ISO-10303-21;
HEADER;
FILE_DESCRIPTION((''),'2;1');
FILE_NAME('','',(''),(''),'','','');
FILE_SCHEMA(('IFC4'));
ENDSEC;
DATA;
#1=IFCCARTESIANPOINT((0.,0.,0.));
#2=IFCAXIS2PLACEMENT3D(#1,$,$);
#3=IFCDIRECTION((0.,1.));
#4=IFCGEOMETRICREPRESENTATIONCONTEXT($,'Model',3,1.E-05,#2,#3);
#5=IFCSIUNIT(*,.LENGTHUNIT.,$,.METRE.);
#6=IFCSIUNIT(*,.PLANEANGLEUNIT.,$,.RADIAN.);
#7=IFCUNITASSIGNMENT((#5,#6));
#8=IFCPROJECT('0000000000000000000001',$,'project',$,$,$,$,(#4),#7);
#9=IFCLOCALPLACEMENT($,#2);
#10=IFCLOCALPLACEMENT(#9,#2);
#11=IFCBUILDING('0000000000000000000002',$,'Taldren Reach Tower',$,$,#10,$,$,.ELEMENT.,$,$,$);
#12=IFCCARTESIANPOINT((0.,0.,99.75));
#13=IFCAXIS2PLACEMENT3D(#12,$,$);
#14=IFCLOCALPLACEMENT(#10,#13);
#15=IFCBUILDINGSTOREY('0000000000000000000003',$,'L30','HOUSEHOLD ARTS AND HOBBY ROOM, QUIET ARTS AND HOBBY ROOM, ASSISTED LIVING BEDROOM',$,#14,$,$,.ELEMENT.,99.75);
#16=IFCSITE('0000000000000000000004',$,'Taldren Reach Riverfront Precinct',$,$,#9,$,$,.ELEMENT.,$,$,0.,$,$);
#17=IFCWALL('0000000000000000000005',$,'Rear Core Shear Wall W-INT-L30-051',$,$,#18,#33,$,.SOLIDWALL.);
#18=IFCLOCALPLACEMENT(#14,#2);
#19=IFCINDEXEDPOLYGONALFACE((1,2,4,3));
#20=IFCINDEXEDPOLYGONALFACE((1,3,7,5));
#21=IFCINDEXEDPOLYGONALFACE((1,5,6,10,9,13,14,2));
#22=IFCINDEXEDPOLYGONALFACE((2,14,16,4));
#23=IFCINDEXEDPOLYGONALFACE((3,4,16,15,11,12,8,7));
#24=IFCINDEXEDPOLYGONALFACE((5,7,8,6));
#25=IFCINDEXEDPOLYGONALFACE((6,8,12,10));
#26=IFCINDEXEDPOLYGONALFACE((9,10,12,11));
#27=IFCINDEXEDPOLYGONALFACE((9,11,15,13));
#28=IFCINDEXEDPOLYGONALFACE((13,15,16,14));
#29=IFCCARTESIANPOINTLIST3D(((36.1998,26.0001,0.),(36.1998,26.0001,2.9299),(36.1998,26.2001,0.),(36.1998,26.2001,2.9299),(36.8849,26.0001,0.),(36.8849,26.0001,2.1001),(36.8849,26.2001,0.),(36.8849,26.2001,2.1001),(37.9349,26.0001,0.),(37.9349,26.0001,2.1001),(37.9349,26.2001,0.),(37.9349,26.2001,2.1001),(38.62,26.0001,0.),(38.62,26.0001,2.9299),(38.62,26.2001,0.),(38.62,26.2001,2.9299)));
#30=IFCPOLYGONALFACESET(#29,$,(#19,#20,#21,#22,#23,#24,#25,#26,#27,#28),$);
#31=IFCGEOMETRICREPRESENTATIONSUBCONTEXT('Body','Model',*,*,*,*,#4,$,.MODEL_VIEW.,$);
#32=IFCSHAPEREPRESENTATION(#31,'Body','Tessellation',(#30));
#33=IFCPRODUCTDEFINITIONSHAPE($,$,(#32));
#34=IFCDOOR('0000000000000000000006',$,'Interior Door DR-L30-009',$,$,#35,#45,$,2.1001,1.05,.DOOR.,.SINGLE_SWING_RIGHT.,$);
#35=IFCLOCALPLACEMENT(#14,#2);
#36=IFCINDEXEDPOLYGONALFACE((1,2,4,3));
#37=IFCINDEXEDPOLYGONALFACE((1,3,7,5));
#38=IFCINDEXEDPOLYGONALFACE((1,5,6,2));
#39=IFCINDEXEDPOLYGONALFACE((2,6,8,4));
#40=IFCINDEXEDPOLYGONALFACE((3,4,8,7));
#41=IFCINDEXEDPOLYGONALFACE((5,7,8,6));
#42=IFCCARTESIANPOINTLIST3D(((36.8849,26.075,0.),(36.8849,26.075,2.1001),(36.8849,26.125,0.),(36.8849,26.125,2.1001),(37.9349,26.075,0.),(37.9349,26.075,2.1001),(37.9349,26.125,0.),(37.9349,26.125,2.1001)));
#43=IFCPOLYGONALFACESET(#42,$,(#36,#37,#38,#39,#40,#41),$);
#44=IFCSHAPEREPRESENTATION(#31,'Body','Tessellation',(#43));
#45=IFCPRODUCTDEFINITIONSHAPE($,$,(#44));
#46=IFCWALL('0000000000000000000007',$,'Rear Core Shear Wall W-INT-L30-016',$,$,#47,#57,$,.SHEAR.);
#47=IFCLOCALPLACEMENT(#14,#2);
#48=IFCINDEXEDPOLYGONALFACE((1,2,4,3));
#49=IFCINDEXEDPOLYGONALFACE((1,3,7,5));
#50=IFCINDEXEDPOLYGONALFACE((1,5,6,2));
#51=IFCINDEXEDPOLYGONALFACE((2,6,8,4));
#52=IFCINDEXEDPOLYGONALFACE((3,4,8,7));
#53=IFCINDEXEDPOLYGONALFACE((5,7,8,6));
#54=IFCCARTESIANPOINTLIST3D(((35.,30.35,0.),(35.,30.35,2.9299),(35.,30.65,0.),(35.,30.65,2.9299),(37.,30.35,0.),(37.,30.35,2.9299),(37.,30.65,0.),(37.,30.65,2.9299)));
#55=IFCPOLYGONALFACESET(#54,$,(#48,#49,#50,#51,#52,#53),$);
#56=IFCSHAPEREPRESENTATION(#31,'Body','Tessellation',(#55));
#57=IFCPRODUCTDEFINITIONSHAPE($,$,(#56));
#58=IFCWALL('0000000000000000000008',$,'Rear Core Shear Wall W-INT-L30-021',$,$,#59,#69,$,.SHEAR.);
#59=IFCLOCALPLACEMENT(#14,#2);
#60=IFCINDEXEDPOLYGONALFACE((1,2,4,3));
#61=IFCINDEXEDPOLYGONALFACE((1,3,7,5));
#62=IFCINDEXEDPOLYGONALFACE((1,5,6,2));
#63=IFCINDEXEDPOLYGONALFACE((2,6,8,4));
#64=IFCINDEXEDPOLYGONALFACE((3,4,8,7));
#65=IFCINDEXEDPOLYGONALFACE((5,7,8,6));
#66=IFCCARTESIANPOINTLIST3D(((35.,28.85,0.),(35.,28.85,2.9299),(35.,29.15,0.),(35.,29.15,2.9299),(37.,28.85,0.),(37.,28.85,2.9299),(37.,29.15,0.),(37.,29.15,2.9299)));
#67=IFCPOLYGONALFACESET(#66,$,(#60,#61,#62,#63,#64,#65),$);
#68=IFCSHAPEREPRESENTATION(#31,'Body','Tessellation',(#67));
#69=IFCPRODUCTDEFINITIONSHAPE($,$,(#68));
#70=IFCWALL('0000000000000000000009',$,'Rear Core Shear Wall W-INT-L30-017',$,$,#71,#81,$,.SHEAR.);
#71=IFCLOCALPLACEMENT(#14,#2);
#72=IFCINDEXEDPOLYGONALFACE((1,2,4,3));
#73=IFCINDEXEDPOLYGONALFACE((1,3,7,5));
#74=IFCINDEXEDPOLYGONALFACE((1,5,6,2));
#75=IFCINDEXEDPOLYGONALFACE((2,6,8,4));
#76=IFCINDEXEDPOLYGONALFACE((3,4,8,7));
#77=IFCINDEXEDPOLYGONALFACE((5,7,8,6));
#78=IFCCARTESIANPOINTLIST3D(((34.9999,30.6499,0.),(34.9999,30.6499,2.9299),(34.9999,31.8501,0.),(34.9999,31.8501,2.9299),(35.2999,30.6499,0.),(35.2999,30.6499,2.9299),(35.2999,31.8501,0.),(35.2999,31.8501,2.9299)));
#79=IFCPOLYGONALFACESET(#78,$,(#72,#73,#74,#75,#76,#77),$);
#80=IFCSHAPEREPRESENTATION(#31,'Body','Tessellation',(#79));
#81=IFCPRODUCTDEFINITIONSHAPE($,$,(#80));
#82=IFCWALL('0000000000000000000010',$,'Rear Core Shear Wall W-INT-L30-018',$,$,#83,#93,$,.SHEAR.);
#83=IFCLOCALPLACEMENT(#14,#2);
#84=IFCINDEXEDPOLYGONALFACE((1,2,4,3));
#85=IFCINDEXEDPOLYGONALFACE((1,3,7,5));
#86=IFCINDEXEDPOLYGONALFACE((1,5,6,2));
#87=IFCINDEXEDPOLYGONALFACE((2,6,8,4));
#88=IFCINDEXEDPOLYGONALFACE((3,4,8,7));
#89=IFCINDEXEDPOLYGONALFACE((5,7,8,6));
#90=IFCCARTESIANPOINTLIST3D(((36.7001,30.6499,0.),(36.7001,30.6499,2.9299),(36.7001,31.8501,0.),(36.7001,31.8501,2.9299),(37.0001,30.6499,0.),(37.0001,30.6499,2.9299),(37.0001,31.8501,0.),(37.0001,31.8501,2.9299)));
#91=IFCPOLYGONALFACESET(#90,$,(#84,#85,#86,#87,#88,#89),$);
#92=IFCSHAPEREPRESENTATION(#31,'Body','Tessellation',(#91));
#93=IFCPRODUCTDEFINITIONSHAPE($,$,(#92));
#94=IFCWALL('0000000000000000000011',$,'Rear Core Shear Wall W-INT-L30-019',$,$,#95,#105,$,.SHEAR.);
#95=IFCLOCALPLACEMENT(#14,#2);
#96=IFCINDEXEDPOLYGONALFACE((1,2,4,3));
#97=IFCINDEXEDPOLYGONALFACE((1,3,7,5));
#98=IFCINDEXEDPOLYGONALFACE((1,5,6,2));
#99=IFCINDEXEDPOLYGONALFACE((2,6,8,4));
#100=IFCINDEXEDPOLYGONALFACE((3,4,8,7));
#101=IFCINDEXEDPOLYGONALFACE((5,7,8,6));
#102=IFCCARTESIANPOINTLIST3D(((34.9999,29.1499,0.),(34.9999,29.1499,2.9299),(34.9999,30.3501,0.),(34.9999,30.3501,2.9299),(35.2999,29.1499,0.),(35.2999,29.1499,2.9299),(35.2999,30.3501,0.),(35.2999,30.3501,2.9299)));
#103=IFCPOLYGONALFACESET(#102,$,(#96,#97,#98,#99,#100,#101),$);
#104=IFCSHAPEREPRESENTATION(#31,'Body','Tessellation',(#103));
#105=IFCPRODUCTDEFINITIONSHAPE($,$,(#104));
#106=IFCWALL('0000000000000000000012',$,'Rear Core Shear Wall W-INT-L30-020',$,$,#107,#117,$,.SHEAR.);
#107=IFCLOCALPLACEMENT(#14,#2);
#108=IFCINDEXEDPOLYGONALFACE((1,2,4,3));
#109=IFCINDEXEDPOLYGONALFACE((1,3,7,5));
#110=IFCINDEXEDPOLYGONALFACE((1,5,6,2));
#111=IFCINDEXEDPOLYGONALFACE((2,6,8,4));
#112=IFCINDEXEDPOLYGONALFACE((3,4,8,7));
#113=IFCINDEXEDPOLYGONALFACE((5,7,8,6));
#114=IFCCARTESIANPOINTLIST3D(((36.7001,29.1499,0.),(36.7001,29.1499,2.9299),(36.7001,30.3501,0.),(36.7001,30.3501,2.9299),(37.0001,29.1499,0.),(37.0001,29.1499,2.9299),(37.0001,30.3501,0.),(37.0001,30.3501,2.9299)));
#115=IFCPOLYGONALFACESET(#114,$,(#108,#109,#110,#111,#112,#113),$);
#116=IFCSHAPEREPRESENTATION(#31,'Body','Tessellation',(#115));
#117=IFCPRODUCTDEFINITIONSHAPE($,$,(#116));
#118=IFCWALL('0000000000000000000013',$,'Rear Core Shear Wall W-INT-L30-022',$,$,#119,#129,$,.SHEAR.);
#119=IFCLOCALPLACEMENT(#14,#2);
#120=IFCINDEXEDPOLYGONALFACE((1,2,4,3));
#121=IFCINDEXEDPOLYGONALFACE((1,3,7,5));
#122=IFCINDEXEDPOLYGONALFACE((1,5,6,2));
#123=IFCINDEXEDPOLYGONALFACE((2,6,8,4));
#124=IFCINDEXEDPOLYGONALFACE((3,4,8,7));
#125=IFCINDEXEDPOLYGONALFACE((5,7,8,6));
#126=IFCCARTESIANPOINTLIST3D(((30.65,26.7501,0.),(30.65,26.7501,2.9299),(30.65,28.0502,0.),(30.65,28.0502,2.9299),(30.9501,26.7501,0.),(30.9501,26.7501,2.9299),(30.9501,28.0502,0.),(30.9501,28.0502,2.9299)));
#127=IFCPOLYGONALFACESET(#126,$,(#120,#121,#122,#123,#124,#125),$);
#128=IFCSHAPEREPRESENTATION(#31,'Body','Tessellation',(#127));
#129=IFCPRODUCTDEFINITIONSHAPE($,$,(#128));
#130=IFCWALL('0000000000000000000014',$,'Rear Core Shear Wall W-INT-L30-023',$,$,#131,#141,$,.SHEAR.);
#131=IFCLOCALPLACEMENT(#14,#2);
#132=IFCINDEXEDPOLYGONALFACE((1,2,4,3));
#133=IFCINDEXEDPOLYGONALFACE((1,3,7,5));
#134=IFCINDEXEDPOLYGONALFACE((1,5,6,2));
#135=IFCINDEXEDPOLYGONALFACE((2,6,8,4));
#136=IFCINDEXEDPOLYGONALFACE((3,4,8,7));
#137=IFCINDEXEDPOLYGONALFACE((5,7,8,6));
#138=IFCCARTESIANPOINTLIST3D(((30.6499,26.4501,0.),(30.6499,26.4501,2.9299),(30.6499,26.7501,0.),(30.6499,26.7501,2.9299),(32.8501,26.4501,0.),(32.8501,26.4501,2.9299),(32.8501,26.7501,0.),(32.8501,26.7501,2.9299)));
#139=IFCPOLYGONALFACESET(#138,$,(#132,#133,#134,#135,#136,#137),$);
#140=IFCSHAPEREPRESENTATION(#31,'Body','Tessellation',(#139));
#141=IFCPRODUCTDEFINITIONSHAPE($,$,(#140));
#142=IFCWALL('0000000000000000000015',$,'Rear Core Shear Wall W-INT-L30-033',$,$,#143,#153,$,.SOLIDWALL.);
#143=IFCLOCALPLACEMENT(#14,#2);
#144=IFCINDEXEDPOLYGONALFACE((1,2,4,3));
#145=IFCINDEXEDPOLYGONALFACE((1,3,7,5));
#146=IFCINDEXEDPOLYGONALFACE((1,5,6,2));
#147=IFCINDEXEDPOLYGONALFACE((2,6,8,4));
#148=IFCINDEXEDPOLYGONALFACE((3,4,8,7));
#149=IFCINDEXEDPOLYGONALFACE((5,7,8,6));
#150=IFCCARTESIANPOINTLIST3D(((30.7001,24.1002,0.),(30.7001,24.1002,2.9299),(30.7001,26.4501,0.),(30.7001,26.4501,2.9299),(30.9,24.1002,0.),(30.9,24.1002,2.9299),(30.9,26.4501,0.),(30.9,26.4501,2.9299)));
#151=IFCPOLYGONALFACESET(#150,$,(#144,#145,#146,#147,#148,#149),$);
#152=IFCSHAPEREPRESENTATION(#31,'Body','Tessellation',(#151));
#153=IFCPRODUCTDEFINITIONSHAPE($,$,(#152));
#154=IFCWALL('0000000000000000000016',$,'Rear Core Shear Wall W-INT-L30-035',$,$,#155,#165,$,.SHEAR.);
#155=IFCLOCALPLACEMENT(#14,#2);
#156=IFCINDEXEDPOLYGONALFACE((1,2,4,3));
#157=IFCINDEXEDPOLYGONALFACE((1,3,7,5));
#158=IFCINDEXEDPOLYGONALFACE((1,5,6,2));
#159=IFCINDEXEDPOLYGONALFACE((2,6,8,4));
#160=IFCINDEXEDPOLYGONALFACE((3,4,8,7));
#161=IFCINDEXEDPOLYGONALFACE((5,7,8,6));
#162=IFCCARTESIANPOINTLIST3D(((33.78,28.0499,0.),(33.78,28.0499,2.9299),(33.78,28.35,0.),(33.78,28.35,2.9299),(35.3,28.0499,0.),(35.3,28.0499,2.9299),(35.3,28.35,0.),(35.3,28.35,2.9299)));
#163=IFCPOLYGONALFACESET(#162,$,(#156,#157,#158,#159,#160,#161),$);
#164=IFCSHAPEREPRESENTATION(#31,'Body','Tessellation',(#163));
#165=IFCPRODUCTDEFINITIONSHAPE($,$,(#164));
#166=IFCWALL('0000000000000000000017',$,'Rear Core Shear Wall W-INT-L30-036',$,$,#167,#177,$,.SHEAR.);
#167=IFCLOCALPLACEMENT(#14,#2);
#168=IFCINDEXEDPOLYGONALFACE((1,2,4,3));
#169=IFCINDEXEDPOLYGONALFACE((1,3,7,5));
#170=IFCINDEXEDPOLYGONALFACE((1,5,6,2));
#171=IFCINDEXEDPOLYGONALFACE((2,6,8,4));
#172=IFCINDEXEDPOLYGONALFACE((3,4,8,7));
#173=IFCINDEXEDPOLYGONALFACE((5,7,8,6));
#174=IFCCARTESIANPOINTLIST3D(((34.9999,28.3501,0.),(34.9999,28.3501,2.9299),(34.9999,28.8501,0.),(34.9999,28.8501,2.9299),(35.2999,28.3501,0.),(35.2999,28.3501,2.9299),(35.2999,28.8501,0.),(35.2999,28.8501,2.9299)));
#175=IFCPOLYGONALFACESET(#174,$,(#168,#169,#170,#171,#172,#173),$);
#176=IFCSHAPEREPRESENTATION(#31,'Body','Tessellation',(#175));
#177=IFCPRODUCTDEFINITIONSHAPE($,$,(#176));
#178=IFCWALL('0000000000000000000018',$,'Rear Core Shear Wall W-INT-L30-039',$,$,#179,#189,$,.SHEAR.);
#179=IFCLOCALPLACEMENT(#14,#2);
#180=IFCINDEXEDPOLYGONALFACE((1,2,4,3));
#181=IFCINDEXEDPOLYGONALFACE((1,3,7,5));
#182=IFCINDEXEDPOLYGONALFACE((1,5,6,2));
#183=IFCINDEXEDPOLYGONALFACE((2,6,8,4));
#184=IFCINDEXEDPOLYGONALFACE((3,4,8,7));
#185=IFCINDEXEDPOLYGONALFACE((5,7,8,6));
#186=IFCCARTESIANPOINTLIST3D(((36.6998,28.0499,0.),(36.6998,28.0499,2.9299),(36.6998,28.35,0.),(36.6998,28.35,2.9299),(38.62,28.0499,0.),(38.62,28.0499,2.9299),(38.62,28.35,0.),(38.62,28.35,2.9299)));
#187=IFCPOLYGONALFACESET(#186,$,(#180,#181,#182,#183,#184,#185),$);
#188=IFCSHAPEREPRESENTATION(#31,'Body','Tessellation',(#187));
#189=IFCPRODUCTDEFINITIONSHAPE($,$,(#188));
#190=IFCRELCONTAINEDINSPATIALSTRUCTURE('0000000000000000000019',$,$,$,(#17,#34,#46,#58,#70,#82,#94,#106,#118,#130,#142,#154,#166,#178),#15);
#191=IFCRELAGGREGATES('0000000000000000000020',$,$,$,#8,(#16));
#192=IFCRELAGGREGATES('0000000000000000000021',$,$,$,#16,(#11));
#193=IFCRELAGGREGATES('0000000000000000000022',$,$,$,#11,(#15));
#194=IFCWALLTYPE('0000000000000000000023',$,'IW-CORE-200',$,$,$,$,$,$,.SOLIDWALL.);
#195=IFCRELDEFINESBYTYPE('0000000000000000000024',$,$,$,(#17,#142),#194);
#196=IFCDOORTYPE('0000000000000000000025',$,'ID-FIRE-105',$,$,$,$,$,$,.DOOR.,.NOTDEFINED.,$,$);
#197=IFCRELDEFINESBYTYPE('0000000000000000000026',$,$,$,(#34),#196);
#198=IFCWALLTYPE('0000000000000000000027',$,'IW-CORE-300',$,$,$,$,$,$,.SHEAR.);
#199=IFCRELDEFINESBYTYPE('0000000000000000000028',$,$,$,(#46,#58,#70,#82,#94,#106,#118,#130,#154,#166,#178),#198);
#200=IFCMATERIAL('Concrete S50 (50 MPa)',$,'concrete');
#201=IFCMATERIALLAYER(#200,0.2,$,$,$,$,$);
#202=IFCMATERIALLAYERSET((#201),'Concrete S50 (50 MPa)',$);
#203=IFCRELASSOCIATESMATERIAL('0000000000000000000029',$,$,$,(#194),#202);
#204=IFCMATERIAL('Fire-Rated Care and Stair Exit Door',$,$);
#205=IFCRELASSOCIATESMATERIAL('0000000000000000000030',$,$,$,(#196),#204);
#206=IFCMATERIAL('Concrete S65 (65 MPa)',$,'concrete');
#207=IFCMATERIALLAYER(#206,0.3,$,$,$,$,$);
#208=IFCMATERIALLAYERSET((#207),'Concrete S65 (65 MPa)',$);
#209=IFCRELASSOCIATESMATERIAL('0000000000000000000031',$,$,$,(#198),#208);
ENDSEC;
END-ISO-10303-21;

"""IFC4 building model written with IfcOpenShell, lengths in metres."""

from ifc_helpers import new_model, si_unit, direction, frame, frame_2d, origin, place, context, subcontext, project, spatial, rectangle, extrude, source, transform, mapped, material, layer, layer_set, type_object, element, fill, save


model = new_model("IFC4")

# Units and contexts
model_context = context("Model", 3, precision=1e-05, world=origin(), true_north=direction((0.0, 1.0)))
body_context = subcontext(model_context, "Body", "Model", "MODEL_VIEW")
ifc_project = project(units=[si_unit("LENGTHUNIT", "METRE"), si_unit("PLANEANGLEUNIT", "RADIAN")], contexts=[model_context])

# Site, building, storey
site_placement = place(None, origin())
site = spatial("IfcSite", under=ifc_project, at=site_placement, Name="Taldren Reach Riverfront Precinct", CompositionType="ELEMENT", RefElevation=0.0)
building_placement = place(site_placement, origin())
building = spatial("IfcBuilding", under=site, at=building_placement, Name="Taldren Reach Tower", CompositionType="ELEMENT")
storey_placement = place(building_placement, frame((0.0, 0.0, 99.75)))
storey = spatial("IfcBuildingStorey", under=building, at=storey_placement, Name="L30", Description="HOUSEHOLD ARTS AND HOBBY ROOM, QUIET ARTS AND HOBBY ROOM, ASSISTED LIVING BEDROOM", CompositionType="ELEMENT", Elevation=99.75)

# Shared definitions
ifc_material_1 = material(Name="Concrete S50 (50 MPa)", Category="concrete")
ifc_layer_1 = layer(ifc_material_1, 0.2)
ifc_layer_set_1 = layer_set([ifc_layer_1], Name="Concrete S50 (50 MPa)")
wall_type_1 = type_object("IfcWallType", Name="IW-CORE-200", PredefinedType="SOLIDWALL", material=ifc_layer_set_1)
shared_shape_1 = source(origin(), body_context, "Body", "SweptSolid", [
    extrude(rectangle(XDim=1.05, YDim=2.1001, at=frame_2d((0.5249, 1.05))), frame((0.0, 0.1099, 0.0), z_axis=(0.0, -1.0, 0.0), x_axis=(1.0, 0.0, 0.0)), (0.0, 0.0, 1.0), 0.22),
])
ifc_material_2 = material(Name="Fire-Rated Care and Stair Exit Door")
door_type = type_object("IfcDoorType", Name="ID-FIRE-105", OperationType="NOTDEFINED", PredefinedType="DOOR", material=ifc_material_2)
shared_shape_2 = source(origin(), body_context, "Body", "SweptSolid", [
    extrude(rectangle(XDim=1.05, YDim=2.1001, at=frame_2d((0.5249, 1.05))), frame((0.0, 0.0249, 0.0), z_axis=(0.0, -1.0, 0.0), x_axis=(1.0, 0.0, 0.0)), (0.0, 0.0, 1.0), 0.05),
])

# Wall, opening, door
shared_shape_3 = source(origin(), body_context, "Body", "SweptSolid", [
    extrude(rectangle(XDim=2.4202, YDim=0.2, at=frame_2d((1.21, 0.0))), origin(), (0.0, 0.0, 1.0), 2.9299),
])
wall_1_placement = place(storey_placement, frame((36.2, 26.1001, 0.0), z_axis=(0.0, 0.0, 1.0), x_axis=(1.0, 0.0, 0.0)))
wall_1 = element("IfcWall", 1, at=wall_1_placement, inside=storey, type_object=wall_type_1, Name="Rear Core Shear Wall W-INT-L30-051", PredefinedType="SOLIDWALL", context=body_context, shape_type="MappedRepresentation", body=[
    mapped(shared_shape_3, transform((0.0, 0.0, 0.0), scale=1.0)),
])
opening_1_placement = place(wall_1_placement, frame((0.6851, 0.0, 0.0)))
opening_1 = element("IfcOpeningElement", 2, at=opening_1_placement, cuts=wall_1, PredefinedType="OPENING", context=body_context, shape_type="MappedRepresentation", body=[
    mapped(shared_shape_1, transform((0.0, 0.0, 0.0), scale=1.0)),
])
door_1_placement = place(opening_1_placement, origin())
door_1 = element("IfcDoor", 3, at=door_1_placement, inside=storey, type_object=door_type, Name="Interior Door DR-L30-009", OperationType="SINGLE_SWING_RIGHT", OverallHeight=2.1001, OverallWidth=1.05, PredefinedType="DOOR", context=body_context, shape_type="MappedRepresentation", body=[
    mapped(shared_shape_2, transform((0.0, 0.0, 0.0), scale=1.0)),
])
fill(opening_1, door_1)

# Walls
ifc_material_3 = material(Name="Concrete S65 (65 MPa)", Category="concrete")
ifc_layer_2 = layer(ifc_material_3, 0.3)
ifc_layer_set_2 = layer_set([ifc_layer_2], Name="Concrete S65 (65 MPa)")
wall_type_2 = type_object("IfcWallType", Name="IW-CORE-300", PredefinedType="SHEAR", material=ifc_layer_set_2)
shared_shape_4 = source(origin(), body_context, "Body", "SweptSolid", [
    extrude(rectangle(XDim=2.0, YDim=0.3, at=frame_2d((1.0, 0.0))), origin(), (0.0, 0.0, 1.0), 2.9299),
])
for number, where, z_axis, x_axis, name in (
    (4, (35.0, 30.5, 0.0), (0.0, 0.0, 1.0), (1.0, 0.0, 0.0), "Rear Core Shear Wall W-INT-L30-016"),
    (5, (35.0, 29.0, 0.0), (0.0, 0.0, 1.0), (1.0, 0.0, 0.0), "Rear Core Shear Wall W-INT-L30-021"),
):
    element("IfcWall", number, at=place(storey_placement, frame(where, z_axis=z_axis, x_axis=x_axis)), inside=storey, type_object=wall_type_2, Name=name, PredefinedType="SHEAR", context=body_context, shape_type="MappedRepresentation", body=[
        mapped(shared_shape_4, transform((0.0, 0.0, 0.0), scale=1.0)),
    ])
shared_shape_5 = source(origin(), body_context, "Body", "SweptSolid", [
    extrude(rectangle(XDim=1.2002, YDim=0.3, at=frame_2d((0.6001, 0.0))), origin(), (0.0, 0.0, 1.0), 2.9299),
])
for number, where, z_axis, x_axis, name in (
    (6, (35.1499, 31.8501, 0.0), (0.0, 0.0, 1.0), (0.0, -1.0, 0.0), "Rear Core Shear Wall W-INT-L30-017"),
    (7, (36.8501, 30.6499, 0.0), (0.0, 0.0, 1.0), (0.0, 1.0, 0.0), "Rear Core Shear Wall W-INT-L30-018"),
    (8, (35.1499, 30.3501, 0.0), (0.0, 0.0, 1.0), (0.0, -1.0, 0.0), "Rear Core Shear Wall W-INT-L30-019"),
    (9, (36.8501, 29.1499, 0.0), (0.0, 0.0, 1.0), (0.0, 1.0, 0.0), "Rear Core Shear Wall W-INT-L30-020"),
):
    element("IfcWall", number, at=place(storey_placement, frame(where, z_axis=z_axis, x_axis=x_axis)), inside=storey, type_object=wall_type_2, Name=name, PredefinedType="SHEAR", context=body_context, shape_type="MappedRepresentation", body=[
        mapped(shared_shape_5, transform((0.0, 0.0, 0.0), scale=1.0)),
    ])
shared_shape_6 = source(origin(), body_context, "Body", "SweptSolid", [
    extrude(rectangle(XDim=1.3, YDim=0.3, at=frame_2d((0.6499, 0.0))), origin(), (0.0, 0.0, 1.0), 2.9299),
])
wall_2_placement = place(storey_placement, frame((30.8, 28.05, 0.0), z_axis=(0.0, 0.0, 1.0), x_axis=(0.0, -1.0, 0.0)))
element("IfcWall", 10, at=wall_2_placement, inside=storey, type_object=wall_type_2, Name="Rear Core Shear Wall W-INT-L30-022", PredefinedType="SHEAR", context=body_context, shape_type="MappedRepresentation", body=[
    mapped(shared_shape_6, transform((0.0, 0.0, 0.0), scale=1.0)),
])
shared_shape_7 = source(origin(), body_context, "Body", "SweptSolid", [
    extrude(rectangle(XDim=2.2002, YDim=0.3, at=frame_2d((1.1001, 0.0))), origin(), (0.0, 0.0, 1.0), 2.9299),
])
wall_3_placement = place(storey_placement, frame((30.6499, 26.6001, 0.0), z_axis=(0.0, 0.0, 1.0), x_axis=(1.0, 0.0, 0.0)))
element("IfcWall", 11, at=wall_3_placement, inside=storey, type_object=wall_type_2, Name="Rear Core Shear Wall W-INT-L30-023", PredefinedType="SHEAR", context=body_context, shape_type="MappedRepresentation", body=[
    mapped(shared_shape_7, transform((0.0, 0.0, 0.0), scale=1.0)),
])
shared_shape_8 = source(origin(), body_context, "Body", "SweptSolid", [
    extrude(rectangle(XDim=2.3499, YDim=0.2, at=frame_2d((1.1748, 0.0))), origin(), (0.0, 0.0, 1.0), 2.9299),
])
wall_4_placement = place(storey_placement, frame((30.8, 26.45, 0.0), z_axis=(0.0, 0.0, 1.0), x_axis=(0.0, -1.0, 0.0)))
element("IfcWall", 12, at=wall_4_placement, inside=storey, type_object=wall_type_1, Name="Rear Core Shear Wall W-INT-L30-033", PredefinedType="SOLIDWALL", context=body_context, shape_type="MappedRepresentation", body=[
    mapped(shared_shape_8, transform((0.0, 0.0, 0.0), scale=1.0)),
])
shared_shape_9 = source(origin(), body_context, "Body", "SweptSolid", [
    extrude(rectangle(XDim=1.52, YDim=0.3, at=frame_2d((0.76, 0.0))), origin(), (0.0, 0.0, 1.0), 2.9299),
])
wall_5_placement = place(storey_placement, frame((33.78, 28.2, 0.0), z_axis=(0.0, 0.0, 1.0), x_axis=(1.0, 0.0, 0.0)))
element("IfcWall", 13, at=wall_5_placement, inside=storey, type_object=wall_type_2, Name="Rear Core Shear Wall W-INT-L30-035", PredefinedType="SHEAR", context=body_context, shape_type="MappedRepresentation", body=[
    mapped(shared_shape_9, transform((0.0, 0.0, 0.0), scale=1.0)),
])
shared_shape_10 = source(origin(), body_context, "Body", "SweptSolid", [
    extrude(rectangle(XDim=0.5, YDim=0.3, at=frame_2d((0.25, 0.0))), origin(), (0.0, 0.0, 1.0), 2.9299),
])
wall_6_placement = place(storey_placement, frame((35.1499, 28.3501, 0.0), z_axis=(0.0, 0.0, 1.0), x_axis=(0.0, 1.0, 0.0)))
element("IfcWall", 14, at=wall_6_placement, inside=storey, type_object=wall_type_2, Name="Rear Core Shear Wall W-INT-L30-036", PredefinedType="SHEAR", context=body_context, shape_type="MappedRepresentation", body=[
    mapped(shared_shape_10, transform((0.0, 0.0, 0.0), scale=1.0)),
])
shared_shape_11 = source(origin(), body_context, "Body", "SweptSolid", [
    extrude(rectangle(XDim=1.9202, YDim=0.3, at=frame_2d((0.96, 0.0))), origin(), (0.0, 0.0, 1.0), 2.9299),
])
wall_7_placement = place(storey_placement, frame((36.7, 28.2, 0.0), z_axis=(0.0, 0.0, 1.0), x_axis=(1.0, 0.0, 0.0)))
element("IfcWall", 15, at=wall_7_placement, inside=storey, type_object=wall_type_2, Name="Rear Core Shear Wall W-INT-L30-039", PredefinedType="SHEAR", context=body_context, shape_type="MappedRepresentation", body=[
    mapped(shared_shape_11, transform((0.0, 0.0, 0.0), scale=1.0)),
])

save(model, "model.ifc")
